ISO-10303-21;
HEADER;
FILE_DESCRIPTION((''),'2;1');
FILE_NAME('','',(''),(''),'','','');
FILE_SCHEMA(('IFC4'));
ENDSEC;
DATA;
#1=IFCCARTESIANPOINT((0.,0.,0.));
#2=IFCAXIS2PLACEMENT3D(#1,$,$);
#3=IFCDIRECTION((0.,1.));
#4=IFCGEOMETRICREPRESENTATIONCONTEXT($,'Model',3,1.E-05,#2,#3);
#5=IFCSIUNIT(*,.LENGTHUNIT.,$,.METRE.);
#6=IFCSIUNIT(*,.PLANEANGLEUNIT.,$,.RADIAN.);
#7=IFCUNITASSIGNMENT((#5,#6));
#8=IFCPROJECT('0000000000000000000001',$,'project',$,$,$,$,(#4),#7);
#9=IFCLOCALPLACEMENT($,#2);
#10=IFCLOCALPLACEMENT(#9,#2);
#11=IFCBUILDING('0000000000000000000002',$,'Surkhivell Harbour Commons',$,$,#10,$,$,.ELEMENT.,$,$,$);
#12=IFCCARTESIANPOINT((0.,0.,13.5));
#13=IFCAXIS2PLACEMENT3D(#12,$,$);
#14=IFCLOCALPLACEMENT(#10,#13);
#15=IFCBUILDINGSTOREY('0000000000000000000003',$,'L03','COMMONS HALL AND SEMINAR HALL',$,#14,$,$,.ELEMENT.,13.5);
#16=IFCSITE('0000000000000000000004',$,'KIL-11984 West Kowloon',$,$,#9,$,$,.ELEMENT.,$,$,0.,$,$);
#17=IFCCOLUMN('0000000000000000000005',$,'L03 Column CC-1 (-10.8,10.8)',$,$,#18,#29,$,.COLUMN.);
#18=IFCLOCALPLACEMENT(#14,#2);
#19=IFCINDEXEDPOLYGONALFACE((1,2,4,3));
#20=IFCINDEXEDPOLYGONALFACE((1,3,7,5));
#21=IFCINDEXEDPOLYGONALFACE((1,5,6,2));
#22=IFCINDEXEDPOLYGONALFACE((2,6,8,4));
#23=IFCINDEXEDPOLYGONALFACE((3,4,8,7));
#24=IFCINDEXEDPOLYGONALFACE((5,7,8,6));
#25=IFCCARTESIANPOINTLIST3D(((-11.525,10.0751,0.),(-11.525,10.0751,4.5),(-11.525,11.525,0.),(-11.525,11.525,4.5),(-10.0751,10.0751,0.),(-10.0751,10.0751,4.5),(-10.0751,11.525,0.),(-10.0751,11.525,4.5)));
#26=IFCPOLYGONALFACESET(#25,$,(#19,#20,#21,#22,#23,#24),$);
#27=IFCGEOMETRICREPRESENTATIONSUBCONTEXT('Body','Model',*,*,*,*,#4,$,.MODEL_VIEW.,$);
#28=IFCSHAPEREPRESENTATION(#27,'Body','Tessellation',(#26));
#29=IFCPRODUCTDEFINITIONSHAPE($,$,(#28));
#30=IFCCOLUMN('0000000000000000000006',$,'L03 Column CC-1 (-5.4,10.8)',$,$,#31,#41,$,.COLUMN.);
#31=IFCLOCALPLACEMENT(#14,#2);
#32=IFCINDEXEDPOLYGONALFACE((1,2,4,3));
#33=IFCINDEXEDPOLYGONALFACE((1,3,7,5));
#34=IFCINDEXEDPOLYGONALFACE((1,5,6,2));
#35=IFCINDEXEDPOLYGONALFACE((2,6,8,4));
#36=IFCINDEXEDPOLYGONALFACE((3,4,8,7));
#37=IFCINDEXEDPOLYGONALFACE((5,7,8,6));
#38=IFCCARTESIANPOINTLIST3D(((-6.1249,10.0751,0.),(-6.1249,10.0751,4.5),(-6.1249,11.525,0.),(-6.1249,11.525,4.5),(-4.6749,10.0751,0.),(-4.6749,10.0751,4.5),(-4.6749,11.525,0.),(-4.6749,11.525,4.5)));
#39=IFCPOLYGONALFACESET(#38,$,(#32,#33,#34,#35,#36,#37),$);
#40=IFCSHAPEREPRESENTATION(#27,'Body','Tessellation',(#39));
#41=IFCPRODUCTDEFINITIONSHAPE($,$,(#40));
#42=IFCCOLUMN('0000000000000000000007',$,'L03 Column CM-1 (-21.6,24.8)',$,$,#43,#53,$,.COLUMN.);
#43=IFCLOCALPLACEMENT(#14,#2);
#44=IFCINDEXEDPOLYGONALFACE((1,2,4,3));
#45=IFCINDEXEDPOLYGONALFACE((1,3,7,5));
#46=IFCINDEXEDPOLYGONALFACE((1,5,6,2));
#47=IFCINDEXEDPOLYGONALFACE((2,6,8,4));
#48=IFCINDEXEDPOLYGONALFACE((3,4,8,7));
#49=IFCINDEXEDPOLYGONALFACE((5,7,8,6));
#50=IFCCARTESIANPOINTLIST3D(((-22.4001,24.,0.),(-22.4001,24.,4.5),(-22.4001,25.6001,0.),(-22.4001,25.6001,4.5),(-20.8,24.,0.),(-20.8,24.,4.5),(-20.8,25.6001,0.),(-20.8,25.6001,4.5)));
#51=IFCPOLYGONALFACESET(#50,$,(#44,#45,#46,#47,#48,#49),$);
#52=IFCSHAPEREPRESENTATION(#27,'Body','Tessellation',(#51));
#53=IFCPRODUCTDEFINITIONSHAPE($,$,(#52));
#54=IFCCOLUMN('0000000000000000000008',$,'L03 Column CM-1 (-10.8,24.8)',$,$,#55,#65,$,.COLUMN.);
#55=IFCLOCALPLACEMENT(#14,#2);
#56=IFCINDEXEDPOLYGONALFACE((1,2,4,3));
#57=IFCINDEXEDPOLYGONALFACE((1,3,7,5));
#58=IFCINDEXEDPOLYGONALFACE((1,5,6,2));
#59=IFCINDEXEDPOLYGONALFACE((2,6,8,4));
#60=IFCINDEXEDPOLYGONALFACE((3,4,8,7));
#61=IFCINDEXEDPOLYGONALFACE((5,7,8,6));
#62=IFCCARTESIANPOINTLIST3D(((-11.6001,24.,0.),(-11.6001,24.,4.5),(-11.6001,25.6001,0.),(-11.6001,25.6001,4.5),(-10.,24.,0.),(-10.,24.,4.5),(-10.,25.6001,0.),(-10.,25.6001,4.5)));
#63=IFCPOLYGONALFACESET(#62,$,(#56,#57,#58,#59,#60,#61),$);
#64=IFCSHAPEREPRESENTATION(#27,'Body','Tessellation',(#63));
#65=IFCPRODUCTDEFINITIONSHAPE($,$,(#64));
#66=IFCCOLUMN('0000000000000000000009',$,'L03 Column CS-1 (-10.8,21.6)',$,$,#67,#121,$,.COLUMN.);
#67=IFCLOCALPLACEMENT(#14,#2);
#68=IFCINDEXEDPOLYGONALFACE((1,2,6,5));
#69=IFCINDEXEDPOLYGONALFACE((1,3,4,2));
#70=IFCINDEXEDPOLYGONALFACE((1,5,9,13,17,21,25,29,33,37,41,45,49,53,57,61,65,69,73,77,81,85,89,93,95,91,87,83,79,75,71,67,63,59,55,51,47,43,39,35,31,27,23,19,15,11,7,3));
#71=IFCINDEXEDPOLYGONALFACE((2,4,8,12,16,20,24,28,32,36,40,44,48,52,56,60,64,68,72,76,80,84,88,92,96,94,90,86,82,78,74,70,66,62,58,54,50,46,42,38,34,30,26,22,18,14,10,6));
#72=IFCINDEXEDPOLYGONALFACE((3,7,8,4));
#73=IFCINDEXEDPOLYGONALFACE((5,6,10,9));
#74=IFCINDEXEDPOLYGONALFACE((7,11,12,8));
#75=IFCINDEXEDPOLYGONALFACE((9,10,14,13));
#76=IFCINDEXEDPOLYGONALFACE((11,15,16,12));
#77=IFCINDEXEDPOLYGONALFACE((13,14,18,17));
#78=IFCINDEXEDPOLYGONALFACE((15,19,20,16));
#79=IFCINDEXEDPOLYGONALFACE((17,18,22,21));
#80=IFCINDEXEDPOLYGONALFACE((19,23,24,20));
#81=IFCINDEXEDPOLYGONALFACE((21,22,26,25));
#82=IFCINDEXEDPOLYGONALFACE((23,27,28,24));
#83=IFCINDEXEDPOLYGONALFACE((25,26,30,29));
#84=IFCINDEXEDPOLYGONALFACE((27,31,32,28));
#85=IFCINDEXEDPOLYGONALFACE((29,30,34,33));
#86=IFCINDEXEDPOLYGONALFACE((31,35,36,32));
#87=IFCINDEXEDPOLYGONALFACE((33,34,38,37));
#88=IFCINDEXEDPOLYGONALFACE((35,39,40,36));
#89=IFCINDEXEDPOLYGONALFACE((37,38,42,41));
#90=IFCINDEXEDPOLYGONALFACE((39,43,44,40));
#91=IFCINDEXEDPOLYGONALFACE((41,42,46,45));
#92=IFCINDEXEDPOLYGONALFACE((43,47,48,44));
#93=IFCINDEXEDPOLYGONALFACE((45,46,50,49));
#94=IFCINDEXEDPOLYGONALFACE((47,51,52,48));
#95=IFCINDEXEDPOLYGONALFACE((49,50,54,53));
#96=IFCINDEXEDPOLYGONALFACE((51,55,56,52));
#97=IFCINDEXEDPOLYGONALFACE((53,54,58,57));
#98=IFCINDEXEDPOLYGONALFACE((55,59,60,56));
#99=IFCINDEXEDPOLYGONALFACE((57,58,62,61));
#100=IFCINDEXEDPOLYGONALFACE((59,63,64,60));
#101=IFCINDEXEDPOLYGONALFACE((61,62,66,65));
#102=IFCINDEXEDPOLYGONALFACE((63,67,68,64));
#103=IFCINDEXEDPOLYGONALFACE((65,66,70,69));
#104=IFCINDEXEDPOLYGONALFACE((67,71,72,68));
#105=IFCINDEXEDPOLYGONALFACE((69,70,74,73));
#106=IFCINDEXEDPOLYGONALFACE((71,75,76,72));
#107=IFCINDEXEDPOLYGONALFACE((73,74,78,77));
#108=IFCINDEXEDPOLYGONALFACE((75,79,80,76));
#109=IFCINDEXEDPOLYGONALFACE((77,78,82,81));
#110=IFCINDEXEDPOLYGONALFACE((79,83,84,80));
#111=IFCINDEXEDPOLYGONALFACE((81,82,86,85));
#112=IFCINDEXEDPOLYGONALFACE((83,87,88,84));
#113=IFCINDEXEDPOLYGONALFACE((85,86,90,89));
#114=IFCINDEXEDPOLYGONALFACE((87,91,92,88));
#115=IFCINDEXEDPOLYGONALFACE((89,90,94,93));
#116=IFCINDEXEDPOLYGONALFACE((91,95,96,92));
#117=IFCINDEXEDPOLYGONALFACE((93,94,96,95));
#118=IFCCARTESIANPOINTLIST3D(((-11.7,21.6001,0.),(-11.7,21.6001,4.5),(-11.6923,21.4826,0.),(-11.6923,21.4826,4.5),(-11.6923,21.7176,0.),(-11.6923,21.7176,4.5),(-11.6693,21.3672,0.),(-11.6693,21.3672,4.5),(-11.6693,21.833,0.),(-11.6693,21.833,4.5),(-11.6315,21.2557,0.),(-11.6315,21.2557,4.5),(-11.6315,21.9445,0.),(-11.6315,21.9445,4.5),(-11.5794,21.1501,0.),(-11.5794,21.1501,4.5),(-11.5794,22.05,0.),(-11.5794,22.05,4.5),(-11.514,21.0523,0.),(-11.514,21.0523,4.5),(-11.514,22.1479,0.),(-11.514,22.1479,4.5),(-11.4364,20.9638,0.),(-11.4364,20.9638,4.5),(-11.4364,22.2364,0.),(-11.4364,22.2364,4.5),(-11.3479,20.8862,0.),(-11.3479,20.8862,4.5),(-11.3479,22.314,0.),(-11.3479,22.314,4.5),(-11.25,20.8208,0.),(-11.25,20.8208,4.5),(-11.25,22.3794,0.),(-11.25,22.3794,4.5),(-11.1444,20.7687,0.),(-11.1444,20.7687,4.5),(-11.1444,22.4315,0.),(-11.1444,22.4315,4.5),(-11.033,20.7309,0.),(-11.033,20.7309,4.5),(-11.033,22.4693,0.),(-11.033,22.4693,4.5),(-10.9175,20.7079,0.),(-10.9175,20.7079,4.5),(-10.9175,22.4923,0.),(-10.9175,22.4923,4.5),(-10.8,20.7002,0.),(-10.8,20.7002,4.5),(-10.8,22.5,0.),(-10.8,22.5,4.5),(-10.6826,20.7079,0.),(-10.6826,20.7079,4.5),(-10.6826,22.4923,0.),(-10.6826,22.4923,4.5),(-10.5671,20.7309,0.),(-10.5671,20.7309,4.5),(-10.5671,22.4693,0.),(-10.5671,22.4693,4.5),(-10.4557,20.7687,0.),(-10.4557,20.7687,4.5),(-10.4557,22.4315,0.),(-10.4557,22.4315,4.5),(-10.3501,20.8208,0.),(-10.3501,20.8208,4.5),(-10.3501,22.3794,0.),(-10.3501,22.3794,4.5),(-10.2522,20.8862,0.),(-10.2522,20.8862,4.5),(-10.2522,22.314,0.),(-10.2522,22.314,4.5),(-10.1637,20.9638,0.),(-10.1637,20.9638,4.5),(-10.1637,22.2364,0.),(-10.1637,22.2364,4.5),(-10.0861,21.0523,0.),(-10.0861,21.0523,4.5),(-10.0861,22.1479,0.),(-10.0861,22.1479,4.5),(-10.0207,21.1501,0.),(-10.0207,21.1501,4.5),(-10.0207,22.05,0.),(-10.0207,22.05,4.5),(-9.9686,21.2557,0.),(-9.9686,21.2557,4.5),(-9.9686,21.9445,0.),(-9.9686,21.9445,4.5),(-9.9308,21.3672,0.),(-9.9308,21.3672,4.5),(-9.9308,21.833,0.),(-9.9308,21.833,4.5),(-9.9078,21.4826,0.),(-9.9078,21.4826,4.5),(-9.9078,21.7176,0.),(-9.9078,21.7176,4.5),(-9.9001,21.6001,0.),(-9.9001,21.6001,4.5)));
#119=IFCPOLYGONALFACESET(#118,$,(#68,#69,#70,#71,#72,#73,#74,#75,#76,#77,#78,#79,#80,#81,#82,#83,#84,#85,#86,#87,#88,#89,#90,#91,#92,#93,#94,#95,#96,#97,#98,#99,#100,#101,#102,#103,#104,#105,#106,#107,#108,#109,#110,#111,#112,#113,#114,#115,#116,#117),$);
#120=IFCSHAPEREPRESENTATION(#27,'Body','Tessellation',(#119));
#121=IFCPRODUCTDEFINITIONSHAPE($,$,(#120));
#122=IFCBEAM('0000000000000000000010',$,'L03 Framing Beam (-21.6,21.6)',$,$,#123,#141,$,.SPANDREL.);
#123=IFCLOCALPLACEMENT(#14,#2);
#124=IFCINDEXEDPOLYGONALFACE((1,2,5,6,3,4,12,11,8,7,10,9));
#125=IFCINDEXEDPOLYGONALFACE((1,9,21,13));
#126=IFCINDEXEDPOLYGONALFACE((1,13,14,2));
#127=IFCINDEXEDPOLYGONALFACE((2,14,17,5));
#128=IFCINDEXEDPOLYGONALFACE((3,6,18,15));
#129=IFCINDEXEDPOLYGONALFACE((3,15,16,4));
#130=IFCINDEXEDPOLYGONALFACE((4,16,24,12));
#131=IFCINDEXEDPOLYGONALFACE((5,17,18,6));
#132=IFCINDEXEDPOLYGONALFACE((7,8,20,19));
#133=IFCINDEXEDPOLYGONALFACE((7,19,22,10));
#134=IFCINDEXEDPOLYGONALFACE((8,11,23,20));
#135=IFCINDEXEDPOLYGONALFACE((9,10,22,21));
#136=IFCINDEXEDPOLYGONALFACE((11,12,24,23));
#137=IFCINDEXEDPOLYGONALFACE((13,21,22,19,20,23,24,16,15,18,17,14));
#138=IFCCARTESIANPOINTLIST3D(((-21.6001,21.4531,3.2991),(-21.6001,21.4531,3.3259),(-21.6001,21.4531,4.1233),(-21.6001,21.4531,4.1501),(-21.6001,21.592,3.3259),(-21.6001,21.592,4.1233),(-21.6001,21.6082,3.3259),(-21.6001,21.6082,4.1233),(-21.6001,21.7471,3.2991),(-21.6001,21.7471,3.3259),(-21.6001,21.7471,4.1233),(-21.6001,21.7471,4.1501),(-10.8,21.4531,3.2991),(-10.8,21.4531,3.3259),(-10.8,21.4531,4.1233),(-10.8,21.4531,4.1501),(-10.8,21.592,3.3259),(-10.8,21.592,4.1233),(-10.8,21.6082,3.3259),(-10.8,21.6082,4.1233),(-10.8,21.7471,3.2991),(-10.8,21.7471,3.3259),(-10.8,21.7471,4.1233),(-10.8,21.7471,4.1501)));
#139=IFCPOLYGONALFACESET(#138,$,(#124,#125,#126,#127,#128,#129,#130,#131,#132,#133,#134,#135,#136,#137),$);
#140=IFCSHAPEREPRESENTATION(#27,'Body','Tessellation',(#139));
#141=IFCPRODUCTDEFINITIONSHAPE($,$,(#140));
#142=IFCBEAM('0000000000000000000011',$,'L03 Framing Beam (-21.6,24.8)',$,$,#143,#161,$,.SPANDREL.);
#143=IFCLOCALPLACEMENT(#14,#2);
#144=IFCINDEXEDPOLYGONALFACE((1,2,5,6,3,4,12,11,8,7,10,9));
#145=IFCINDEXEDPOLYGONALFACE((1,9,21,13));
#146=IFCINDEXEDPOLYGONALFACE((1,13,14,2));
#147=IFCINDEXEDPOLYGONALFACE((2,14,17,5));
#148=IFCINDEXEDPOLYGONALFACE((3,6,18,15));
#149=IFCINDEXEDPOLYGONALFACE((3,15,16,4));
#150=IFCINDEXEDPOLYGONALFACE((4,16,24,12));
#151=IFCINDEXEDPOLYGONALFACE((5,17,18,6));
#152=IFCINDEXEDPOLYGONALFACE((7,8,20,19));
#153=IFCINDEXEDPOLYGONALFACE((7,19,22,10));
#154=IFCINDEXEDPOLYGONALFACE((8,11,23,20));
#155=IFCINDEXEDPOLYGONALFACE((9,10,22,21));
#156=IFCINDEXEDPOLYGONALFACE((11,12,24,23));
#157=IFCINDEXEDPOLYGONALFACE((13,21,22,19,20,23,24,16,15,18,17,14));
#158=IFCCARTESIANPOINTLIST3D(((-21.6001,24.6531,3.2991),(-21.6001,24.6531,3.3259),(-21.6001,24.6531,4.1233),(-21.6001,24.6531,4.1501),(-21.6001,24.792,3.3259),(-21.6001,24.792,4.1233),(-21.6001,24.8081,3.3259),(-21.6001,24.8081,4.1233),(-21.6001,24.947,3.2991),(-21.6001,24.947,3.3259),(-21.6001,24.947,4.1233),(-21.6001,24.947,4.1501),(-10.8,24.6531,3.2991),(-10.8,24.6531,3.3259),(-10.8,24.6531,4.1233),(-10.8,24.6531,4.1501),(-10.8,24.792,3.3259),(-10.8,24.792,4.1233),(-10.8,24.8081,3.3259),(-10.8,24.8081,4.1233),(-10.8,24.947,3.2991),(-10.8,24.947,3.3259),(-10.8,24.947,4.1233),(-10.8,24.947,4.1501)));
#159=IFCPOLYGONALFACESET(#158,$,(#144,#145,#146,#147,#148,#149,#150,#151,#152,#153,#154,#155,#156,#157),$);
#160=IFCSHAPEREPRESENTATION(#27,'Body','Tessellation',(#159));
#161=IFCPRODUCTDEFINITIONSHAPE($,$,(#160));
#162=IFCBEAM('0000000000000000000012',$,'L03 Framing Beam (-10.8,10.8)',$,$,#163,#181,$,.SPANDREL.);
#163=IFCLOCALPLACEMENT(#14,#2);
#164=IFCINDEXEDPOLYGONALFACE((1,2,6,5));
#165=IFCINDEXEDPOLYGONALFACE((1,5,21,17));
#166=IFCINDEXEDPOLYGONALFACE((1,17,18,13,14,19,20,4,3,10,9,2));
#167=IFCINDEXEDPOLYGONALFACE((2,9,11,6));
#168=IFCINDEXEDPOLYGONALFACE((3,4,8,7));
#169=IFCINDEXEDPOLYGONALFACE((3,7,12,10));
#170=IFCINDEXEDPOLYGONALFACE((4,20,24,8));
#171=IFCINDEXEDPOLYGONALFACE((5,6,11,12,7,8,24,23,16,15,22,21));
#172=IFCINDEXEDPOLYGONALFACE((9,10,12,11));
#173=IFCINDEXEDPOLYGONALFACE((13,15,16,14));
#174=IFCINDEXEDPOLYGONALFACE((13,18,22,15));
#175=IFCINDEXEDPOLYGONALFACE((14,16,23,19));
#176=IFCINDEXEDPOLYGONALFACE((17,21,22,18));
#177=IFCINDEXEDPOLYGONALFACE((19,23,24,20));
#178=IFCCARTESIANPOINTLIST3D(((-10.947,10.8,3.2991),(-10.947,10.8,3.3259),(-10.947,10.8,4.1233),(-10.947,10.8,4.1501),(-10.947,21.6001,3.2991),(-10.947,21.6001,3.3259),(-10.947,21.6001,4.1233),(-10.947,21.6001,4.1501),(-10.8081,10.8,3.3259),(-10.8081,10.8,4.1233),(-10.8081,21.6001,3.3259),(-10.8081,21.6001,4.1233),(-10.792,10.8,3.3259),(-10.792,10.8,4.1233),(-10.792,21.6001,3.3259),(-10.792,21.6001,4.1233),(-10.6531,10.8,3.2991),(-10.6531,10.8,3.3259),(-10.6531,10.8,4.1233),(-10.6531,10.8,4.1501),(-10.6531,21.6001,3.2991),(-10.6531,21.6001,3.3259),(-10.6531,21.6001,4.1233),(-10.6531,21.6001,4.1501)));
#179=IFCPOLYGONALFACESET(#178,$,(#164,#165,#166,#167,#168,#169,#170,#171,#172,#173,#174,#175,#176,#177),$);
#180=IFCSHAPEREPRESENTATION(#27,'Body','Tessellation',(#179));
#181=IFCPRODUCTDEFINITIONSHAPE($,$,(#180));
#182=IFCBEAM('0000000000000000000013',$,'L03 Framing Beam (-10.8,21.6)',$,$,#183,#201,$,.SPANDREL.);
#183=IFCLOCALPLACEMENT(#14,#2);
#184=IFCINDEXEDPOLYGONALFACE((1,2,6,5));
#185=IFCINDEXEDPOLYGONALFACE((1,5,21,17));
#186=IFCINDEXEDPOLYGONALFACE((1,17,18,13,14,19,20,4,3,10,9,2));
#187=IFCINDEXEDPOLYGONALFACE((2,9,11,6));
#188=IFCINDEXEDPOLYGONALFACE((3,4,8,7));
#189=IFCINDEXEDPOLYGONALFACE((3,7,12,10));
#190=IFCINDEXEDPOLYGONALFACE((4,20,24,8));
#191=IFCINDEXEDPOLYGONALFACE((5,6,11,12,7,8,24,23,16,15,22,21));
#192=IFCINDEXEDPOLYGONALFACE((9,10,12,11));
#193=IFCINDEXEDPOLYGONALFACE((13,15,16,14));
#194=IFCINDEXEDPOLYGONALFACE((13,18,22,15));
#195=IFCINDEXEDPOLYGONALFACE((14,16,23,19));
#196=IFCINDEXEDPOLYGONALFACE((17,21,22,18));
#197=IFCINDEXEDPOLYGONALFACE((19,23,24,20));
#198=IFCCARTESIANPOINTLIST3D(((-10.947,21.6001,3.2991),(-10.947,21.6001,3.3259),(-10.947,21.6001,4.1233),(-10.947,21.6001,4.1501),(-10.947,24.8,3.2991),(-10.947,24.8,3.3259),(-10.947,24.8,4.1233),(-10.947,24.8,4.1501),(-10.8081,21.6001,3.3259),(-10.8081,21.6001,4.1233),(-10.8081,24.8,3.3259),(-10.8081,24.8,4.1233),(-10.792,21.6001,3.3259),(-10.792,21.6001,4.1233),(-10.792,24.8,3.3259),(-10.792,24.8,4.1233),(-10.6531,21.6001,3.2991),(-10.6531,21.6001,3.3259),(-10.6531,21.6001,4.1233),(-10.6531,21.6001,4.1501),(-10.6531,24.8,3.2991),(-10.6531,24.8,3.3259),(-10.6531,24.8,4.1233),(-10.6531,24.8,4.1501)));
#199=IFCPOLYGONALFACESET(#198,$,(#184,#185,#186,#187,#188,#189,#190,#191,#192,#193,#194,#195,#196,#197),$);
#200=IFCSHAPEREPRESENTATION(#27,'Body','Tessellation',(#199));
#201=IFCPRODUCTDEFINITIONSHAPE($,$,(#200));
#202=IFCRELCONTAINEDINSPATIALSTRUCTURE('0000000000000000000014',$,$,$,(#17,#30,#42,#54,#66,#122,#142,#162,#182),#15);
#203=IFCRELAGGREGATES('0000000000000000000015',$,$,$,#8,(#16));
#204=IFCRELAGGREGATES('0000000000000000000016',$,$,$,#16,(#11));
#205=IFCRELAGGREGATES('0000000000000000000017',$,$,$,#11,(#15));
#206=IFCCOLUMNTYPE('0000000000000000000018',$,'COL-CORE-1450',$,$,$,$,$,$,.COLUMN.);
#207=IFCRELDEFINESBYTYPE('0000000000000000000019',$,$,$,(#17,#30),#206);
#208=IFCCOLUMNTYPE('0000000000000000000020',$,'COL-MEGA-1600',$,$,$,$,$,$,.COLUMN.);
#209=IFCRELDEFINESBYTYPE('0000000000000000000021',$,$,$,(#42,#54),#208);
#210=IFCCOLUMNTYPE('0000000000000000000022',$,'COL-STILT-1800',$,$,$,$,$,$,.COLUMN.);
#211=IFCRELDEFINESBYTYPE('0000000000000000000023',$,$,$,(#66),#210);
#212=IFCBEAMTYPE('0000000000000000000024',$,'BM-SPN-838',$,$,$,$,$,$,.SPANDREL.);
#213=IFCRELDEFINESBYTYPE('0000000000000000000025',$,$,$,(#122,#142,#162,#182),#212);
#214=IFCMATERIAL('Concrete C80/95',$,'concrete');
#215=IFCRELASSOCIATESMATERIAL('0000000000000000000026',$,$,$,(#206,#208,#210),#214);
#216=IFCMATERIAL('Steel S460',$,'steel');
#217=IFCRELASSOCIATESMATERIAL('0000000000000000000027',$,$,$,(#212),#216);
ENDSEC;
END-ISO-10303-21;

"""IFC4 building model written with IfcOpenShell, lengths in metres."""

from ifc_helpers import new_model, si_unit, direction, frame, origin, origin_2d, place, context, subcontext, project, spatial, rectangle, circle, i_section, extrude, material, material_profile, profile_set, type_object, element, save


model = new_model("IFC4")

# Units and contexts
model_context = context("Model", 3, precision=1e-05, world=origin(), true_north=direction((0.0, 1.0)))
body_context = subcontext(model_context, "Body", "Model", "MODEL_VIEW")
ifc_project = project(units=[si_unit("LENGTHUNIT", "METRE"), si_unit("PLANEANGLEUNIT", "RADIAN")], contexts=[model_context])

# Site, building, storey
site_placement = place(None, origin())
site = spatial("IfcSite", under=ifc_project, at=site_placement, Name="KIL-11984 West Kowloon", CompositionType="ELEMENT", RefElevation=0.0)
building_placement = place(site_placement, origin())
building = spatial("IfcBuilding", under=site, at=building_placement, Name="Surkhivell Harbour Commons", CompositionType="ELEMENT")
storey_placement = place(building_placement, frame((0.0, 0.0, 13.5)))
storey = spatial("IfcBuildingStorey", under=building, at=storey_placement, Name="L03", Description="COMMONS HALL AND SEMINAR HALL", CompositionType="ELEMENT", Elevation=13.5)

# Columns
ifc_material_1 = material(Name="Concrete C80/95", Category="concrete")
ifc_material_profile_1 = material_profile(ifc_material_1, rectangle(XDim=1.45, YDim=1.45, at=origin_2d()), Name="RC-COL-1450x1450")
ifc_profile_set_1 = profile_set([ifc_material_profile_1], Name="Concrete C80/95")
column_type_1 = type_object("IfcColumnType", Name="COL-CORE-1450", PredefinedType="COLUMN", material=ifc_profile_set_1)
for number, where, z_axis, x_axis, name in (
    (1, (-10.8, 10.8, 0.0), (0.0, 0.0, 1.0), (1.0, 0.0, 0.0), "L03 Column CC-1 (-10.8,10.8)"),
    (2, (-5.3999, 10.8, 0.0), (0.0, 0.0, 1.0), (1.0, 0.0, 0.0), "L03 Column CC-1 (-5.4,10.8)"),
):
    element("IfcColumn", number, at=place(storey_placement, frame(where, z_axis=z_axis, x_axis=x_axis)), inside=storey, type_object=column_type_1, Name=name, PredefinedType="COLUMN", context=body_context, shape_type="SweptSolid", body=[
        extrude(rectangle(XDim=1.45, YDim=1.45, at=origin_2d()), origin(), (0.0, 0.0, 1.0), 4.5),
    ])
ifc_material_profile_2 = material_profile(ifc_material_1, rectangle(XDim=1.6001, YDim=1.6001, at=origin_2d()), Name="RC-COL-1600x1600")
ifc_profile_set_2 = profile_set([ifc_material_profile_2], Name="Concrete C80/95")
column_type_2 = type_object("IfcColumnType", Name="COL-MEGA-1600", PredefinedType="COLUMN", material=ifc_profile_set_2)
for number, where, z_axis, x_axis, name in (
    (3, (-21.6001, 24.8, 0.0), (0.0, 0.0, 1.0), (1.0, 0.0, 0.0), "L03 Column CM-1 (-21.6,24.8)"),
    (4, (-10.8, 24.8, 0.0), (0.0, 0.0, 1.0), (1.0, 0.0, 0.0), "L03 Column CM-1 (-10.8,24.8)"),
):
    element("IfcColumn", number, at=place(storey_placement, frame(where, z_axis=z_axis, x_axis=x_axis)), inside=storey, type_object=column_type_2, Name=name, PredefinedType="COLUMN", context=body_context, shape_type="SweptSolid", body=[
        extrude(rectangle(XDim=1.6001, YDim=1.6001, at=origin_2d()), origin(), (0.0, 0.0, 1.0), 4.5),
    ])
ifc_material_profile_3 = material_profile(ifc_material_1, circle(Radius=0.8999, at=origin_2d()), Name="RC-CIRC-1800")
ifc_profile_set_3 = profile_set([ifc_material_profile_3], Name="Concrete C80/95")
column_type_3 = type_object("IfcColumnType", Name="COL-STILT-1800", PredefinedType="COLUMN", material=ifc_profile_set_3)
column_placement = place(storey_placement, frame((-10.8, 21.6001, 0.0), z_axis=(0.0, 0.0, 1.0), x_axis=(1.0, 0.0, 0.0)))
element("IfcColumn", 5, at=column_placement, inside=storey, type_object=column_type_3, Name="L03 Column CS-1 (-10.8,21.6)", PredefinedType="COLUMN", context=body_context, shape_type="SweptSolid", body=[
    extrude(circle(Radius=0.8999, at=origin_2d()), origin(), (0.0, 0.0, 1.0), 4.5),
])

# Beams
ifc_material_2 = material(Name="Steel S460", Category="steel")
ifc_material_profile_4 = material_profile(ifc_material_2, i_section(OverallWidth=0.2939, OverallDepth=0.8511, WebThickness=0.0161, FlangeThickness=0.0269, at=origin_2d()), Name="UB838x292x226")
ifc_profile_set_4 = profile_set([ifc_material_profile_4], Name="Steel S460")
beam_type = type_object("IfcBeamType", Name="BM-SPN-838", PredefinedType="SPANDREL", material=ifc_profile_set_4)
for number, where, z_axis, x_axis, name in (
    (6, (-21.6001, 21.6001, 3.7246), (1.0, 0.0, 0.0), (0.0, 1.0, 0.0), "L03 Framing Beam (-21.6,21.6)"),
    (7, (-21.6001, 24.8, 3.7246), (1.0, 0.0, 0.0), (0.0, 1.0, 0.0), "L03 Framing Beam (-21.6,24.8)"),
    (8, (-10.8, 10.8, 3.7246), (0.0, 1.0, 0.0), (-1.0, 0.0, 0.0), "L03 Framing Beam (-10.8,10.8)"),
):
    element("IfcBeam", number, at=place(storey_placement, frame(where, z_axis=z_axis, x_axis=x_axis)), inside=storey, type_object=beam_type, Name=name, PredefinedType="SPANDREL", context=body_context, shape_type="SweptSolid", body=[
        extrude(i_section(OverallWidth=0.2939, OverallDepth=0.8511, WebThickness=0.0161, FlangeThickness=0.0269, at=origin_2d()), origin(), (0.0, 0.0, 1.0), 10.8),
    ])
beam_placement = place(storey_placement, frame((-10.8, 21.6001, 3.7246), z_axis=(0.0, 1.0, 0.0), x_axis=(-1.0, 0.0, 0.0)))
element("IfcBeam", 9, at=beam_placement, inside=storey, type_object=beam_type, Name="L03 Framing Beam (-10.8,21.6)", PredefinedType="SPANDREL", context=body_context, shape_type="SweptSolid", body=[
    extrude(i_section(OverallWidth=0.2939, OverallDepth=0.8511, WebThickness=0.0161, FlangeThickness=0.0269, at=origin_2d()), origin(), (0.0, 0.0, 1.0), 3.2),
])

save(model, "model.ifc")
